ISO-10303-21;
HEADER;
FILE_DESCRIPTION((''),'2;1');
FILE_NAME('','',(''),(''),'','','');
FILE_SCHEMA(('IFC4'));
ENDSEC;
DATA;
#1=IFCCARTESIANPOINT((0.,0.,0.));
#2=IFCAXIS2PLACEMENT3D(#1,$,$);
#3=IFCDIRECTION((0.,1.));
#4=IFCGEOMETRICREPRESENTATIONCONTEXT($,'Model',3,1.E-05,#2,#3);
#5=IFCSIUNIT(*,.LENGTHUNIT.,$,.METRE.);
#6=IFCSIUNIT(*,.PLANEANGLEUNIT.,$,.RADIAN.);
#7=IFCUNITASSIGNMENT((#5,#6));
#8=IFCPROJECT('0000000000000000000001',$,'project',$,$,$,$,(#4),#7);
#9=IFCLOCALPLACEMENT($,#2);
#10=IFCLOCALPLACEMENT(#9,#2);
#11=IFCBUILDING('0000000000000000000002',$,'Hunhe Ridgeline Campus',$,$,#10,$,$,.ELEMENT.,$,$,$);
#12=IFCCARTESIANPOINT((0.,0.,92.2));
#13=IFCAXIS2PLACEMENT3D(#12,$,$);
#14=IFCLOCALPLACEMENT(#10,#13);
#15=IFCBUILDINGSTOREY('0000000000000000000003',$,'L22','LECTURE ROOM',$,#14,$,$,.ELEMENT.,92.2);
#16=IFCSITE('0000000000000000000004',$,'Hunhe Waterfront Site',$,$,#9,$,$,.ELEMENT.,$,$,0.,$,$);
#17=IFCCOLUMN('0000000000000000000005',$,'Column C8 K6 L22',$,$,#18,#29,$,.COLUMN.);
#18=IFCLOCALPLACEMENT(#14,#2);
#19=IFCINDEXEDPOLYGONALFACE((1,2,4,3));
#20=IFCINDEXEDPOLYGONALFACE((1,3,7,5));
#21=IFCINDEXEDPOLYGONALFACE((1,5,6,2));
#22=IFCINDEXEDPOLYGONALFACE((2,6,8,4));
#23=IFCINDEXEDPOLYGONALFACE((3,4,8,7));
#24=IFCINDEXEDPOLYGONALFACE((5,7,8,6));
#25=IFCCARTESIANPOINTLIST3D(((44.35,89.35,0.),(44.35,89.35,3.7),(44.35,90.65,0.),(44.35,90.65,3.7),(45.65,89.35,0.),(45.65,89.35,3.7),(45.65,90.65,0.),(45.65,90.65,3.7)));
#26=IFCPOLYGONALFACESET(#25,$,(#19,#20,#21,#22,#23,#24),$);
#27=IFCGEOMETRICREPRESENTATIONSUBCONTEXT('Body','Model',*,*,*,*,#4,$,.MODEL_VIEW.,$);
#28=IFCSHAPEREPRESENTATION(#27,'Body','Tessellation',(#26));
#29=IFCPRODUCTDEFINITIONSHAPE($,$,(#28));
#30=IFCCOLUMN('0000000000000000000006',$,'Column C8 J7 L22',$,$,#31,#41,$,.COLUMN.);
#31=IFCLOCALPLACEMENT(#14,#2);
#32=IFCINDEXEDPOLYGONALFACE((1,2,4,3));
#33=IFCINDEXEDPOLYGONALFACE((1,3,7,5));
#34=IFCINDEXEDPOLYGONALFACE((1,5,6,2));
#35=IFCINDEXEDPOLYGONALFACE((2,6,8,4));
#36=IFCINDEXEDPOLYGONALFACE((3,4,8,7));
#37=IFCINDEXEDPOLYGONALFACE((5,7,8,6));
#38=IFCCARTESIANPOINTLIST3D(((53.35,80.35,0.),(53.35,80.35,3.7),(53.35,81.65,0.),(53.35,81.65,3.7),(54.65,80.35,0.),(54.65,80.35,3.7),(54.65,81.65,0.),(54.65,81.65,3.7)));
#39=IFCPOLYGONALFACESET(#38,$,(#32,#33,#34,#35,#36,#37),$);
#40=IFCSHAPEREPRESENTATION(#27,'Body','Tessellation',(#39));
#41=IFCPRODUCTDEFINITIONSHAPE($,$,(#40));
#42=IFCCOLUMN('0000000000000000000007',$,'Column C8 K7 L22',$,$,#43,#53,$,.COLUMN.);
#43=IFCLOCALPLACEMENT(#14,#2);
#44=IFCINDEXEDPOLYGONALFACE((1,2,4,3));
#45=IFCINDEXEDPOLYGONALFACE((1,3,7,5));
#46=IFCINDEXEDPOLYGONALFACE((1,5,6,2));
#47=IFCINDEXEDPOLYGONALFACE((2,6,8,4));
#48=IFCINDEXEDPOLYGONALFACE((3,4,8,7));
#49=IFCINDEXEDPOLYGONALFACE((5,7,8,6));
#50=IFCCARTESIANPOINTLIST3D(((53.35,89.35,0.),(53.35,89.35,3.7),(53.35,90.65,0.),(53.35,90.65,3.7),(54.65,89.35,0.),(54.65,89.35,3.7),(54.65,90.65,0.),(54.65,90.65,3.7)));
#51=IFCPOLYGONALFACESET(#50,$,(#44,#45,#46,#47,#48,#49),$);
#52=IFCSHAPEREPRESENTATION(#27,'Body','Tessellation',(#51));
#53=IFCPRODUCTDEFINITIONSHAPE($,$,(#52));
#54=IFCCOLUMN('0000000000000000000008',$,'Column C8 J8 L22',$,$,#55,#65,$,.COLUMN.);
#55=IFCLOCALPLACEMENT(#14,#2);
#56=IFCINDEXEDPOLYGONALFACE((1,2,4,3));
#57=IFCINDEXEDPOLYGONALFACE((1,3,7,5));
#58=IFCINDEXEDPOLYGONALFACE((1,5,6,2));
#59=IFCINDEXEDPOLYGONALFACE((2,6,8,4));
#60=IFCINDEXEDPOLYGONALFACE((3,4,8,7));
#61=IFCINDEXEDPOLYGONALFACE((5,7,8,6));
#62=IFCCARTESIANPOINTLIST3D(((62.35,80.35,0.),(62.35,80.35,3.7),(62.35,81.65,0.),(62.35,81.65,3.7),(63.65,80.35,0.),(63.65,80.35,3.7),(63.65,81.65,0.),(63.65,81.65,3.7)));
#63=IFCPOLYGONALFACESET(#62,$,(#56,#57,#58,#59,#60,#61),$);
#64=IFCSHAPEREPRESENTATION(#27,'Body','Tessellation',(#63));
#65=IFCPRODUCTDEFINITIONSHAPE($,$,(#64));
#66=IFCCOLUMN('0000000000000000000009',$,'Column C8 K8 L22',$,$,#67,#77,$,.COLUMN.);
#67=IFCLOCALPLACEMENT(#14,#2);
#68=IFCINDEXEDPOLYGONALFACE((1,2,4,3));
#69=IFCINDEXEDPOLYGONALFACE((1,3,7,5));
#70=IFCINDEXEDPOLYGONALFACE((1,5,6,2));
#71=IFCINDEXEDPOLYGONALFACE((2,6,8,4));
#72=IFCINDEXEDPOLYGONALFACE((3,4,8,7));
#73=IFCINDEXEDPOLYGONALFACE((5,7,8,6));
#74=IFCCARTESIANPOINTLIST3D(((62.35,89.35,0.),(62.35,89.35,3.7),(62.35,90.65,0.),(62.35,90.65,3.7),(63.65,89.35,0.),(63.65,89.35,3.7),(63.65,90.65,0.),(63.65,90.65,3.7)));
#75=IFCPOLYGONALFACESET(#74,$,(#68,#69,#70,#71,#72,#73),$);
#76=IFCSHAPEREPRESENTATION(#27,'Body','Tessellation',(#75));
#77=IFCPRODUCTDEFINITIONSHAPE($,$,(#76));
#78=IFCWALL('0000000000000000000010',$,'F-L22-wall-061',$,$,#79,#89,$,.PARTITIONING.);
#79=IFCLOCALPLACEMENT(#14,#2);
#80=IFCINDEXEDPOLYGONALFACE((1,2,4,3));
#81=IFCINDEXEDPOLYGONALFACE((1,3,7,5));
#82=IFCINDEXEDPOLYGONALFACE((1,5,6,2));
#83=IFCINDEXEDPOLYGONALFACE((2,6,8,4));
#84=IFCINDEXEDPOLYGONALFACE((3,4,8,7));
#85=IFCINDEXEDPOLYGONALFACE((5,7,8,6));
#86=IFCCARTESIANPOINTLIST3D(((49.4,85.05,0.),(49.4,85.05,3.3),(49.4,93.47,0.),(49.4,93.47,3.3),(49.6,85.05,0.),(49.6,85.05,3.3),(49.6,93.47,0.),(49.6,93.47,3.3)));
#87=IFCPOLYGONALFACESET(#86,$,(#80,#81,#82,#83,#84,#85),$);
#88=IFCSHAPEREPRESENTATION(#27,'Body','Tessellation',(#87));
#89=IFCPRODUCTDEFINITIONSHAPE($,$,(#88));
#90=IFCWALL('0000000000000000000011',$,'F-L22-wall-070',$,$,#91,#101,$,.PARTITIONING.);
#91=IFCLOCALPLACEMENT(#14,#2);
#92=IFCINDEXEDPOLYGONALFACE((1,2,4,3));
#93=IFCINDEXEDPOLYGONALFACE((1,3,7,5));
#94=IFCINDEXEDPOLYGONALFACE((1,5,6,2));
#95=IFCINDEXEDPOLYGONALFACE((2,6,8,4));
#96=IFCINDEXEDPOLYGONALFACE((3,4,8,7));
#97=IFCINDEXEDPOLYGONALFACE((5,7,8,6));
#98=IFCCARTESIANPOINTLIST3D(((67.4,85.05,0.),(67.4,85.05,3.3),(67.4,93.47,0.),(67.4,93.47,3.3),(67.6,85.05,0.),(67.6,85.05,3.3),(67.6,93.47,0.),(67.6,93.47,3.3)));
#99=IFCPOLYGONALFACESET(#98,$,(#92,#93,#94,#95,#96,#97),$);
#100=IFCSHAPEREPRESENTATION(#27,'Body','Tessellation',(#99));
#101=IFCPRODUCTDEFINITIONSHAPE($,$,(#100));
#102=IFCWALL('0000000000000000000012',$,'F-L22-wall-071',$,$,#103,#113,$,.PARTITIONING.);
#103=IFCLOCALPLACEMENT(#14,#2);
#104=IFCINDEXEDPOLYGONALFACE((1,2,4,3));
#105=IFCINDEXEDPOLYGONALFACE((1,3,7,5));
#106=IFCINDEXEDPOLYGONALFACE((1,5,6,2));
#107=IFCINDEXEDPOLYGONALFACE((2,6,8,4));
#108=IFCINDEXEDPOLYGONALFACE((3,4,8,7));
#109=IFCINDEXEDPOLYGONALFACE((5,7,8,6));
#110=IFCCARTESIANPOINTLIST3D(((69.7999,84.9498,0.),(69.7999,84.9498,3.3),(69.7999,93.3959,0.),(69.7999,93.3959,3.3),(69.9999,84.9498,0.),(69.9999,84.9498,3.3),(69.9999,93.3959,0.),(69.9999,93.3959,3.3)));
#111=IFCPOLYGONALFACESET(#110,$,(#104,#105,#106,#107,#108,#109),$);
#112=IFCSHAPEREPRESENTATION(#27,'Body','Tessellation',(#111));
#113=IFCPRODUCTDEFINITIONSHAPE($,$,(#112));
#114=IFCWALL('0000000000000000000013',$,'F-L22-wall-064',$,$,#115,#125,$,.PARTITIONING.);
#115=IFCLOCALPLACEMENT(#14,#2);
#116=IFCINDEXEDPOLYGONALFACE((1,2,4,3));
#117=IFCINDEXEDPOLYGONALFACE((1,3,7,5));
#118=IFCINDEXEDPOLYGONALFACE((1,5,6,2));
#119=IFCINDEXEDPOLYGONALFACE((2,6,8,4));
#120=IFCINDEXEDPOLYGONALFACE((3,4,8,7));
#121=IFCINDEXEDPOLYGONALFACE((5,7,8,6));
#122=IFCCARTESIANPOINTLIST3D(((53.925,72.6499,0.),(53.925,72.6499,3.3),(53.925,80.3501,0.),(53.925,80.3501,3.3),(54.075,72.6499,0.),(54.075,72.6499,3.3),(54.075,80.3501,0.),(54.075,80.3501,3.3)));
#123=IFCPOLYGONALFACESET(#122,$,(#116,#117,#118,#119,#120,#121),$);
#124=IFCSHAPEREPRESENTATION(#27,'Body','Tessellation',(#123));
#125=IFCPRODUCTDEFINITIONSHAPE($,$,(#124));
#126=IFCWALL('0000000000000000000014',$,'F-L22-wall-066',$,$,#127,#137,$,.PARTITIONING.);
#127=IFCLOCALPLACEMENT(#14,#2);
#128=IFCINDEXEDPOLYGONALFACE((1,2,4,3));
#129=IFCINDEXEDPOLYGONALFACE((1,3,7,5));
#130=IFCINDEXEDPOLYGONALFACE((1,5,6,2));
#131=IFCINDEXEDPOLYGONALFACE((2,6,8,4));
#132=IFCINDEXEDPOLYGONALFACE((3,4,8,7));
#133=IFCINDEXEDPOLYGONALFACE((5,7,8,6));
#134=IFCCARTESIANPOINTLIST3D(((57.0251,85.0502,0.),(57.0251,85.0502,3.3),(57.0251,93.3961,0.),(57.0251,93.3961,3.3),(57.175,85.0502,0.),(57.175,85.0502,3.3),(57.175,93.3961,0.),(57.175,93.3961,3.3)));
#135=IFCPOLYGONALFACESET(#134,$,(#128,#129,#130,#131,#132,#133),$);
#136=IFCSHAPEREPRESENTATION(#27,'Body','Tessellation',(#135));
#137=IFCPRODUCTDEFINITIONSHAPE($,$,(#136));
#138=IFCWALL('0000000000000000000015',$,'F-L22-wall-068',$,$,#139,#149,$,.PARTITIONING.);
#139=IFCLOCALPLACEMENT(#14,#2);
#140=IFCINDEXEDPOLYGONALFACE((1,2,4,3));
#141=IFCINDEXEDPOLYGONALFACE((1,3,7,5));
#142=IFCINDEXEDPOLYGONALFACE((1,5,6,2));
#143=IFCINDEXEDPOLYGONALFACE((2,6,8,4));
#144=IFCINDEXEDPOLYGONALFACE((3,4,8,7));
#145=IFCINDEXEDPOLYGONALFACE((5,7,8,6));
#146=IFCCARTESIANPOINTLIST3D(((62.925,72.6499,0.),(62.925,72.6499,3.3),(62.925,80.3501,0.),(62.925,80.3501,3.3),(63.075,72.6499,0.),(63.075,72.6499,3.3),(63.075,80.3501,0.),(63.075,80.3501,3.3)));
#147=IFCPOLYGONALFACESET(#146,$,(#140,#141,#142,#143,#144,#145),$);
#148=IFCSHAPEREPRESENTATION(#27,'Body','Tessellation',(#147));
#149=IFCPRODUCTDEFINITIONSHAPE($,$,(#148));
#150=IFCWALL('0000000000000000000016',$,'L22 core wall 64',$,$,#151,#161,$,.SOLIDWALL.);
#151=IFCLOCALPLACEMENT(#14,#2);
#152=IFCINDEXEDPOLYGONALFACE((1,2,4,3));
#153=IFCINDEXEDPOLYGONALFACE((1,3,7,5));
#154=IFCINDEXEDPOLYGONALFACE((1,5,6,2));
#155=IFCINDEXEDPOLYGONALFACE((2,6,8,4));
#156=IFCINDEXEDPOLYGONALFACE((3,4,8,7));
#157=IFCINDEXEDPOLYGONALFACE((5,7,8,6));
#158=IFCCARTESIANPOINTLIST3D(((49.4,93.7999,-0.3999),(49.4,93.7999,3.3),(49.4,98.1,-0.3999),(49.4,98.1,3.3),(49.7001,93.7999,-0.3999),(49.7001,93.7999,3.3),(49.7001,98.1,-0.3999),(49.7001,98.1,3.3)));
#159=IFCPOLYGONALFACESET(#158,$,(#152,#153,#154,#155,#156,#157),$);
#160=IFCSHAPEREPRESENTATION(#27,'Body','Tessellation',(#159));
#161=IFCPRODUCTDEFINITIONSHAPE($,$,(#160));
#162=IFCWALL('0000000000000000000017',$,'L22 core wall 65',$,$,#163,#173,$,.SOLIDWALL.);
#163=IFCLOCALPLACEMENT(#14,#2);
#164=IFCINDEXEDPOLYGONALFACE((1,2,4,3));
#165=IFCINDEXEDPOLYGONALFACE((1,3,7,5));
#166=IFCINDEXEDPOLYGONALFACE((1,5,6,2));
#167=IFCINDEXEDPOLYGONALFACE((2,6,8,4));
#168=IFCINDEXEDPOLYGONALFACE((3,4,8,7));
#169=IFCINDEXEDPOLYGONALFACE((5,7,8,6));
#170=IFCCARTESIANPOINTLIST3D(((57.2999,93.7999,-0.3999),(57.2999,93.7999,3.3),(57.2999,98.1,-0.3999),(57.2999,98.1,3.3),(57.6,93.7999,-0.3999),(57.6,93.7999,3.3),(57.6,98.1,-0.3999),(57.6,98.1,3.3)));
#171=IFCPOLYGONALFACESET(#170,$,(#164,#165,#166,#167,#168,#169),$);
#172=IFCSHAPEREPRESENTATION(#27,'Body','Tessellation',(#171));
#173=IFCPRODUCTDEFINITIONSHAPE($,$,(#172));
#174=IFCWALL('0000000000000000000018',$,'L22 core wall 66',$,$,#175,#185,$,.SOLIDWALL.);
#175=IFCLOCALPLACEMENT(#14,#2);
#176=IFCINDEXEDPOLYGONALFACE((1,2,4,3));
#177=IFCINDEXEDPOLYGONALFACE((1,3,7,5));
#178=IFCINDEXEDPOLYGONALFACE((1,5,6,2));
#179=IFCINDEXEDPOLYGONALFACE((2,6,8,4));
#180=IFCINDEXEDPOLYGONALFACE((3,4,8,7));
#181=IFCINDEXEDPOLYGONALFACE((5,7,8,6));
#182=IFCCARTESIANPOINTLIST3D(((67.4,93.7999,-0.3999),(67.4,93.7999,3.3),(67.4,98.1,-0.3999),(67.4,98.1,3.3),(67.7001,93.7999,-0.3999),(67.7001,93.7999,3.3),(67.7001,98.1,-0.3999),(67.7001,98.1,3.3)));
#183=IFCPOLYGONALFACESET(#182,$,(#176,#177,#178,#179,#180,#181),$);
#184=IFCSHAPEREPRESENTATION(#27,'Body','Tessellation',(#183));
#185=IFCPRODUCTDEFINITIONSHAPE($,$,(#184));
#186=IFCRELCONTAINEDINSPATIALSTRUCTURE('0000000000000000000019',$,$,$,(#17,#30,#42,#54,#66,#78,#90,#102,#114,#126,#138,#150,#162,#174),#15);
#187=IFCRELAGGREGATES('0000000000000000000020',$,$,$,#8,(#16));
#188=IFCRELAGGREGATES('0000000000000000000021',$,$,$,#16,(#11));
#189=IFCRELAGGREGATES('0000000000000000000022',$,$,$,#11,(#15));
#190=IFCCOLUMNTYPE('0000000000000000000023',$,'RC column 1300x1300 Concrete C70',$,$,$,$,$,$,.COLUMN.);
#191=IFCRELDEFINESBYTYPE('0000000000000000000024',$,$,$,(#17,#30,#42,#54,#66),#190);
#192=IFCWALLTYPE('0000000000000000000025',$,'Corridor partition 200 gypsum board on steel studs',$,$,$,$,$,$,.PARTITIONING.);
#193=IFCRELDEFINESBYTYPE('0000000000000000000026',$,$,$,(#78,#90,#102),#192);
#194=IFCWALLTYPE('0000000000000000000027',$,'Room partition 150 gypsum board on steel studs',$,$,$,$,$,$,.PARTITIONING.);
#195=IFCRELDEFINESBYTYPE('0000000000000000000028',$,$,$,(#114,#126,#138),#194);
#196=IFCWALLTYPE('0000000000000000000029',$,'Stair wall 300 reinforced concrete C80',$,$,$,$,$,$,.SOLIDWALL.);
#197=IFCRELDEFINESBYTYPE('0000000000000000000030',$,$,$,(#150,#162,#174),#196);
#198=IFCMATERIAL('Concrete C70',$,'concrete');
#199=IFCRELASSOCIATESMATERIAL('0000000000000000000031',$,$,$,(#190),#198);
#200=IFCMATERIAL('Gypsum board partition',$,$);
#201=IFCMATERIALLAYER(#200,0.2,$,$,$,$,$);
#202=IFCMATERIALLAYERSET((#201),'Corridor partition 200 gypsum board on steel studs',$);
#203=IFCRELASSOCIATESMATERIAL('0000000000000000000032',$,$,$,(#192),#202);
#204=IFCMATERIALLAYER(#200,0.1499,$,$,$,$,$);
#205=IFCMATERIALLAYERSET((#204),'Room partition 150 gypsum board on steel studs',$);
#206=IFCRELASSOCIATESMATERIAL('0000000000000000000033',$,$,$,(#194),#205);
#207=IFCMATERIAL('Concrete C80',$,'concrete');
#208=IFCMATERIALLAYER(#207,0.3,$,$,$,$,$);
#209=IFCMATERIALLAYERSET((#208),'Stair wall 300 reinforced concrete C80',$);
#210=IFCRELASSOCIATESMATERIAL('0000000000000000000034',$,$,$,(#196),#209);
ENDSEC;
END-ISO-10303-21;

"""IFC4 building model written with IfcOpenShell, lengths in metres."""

from ifc_helpers import new_model, si_unit, direction, frame, frame_2d, origin, origin_2d, place, context, subcontext, project, spatial, rectangle, extrude, material, layer, layer_set, material_profile, profile_set, type_object, element, save


model = new_model("IFC4")

# Units and contexts
model_context = context("Model", 3, precision=1e-05, world=origin(), true_north=direction((0.0, 1.0)))
body_context = subcontext(model_context, "Body", "Model", "MODEL_VIEW")
ifc_project = project(units=[si_unit("LENGTHUNIT", "METRE"), si_unit("PLANEANGLEUNIT", "RADIAN")], contexts=[model_context])

# Site, building, storey
site_placement = place(None, origin())
site = spatial("IfcSite", under=ifc_project, at=site_placement, Name="Hunhe Waterfront Site", CompositionType="ELEMENT", RefElevation=0.0)
building_placement = place(site_placement, origin())
building = spatial("IfcBuilding", under=site, at=building_placement, Name="Hunhe Ridgeline Campus", CompositionType="ELEMENT")
storey_placement = place(building_placement, frame((0.0, 0.0, 92.2)))
storey = spatial("IfcBuildingStorey", under=building, at=storey_placement, Name="L22", Description="LECTURE ROOM", CompositionType="ELEMENT", Elevation=92.2)

# Columns
ifc_material_1 = material(Name="Concrete C70", Category="concrete")
ifc_material_profile = material_profile(ifc_material_1, rectangle(XDim=1.3, YDim=1.3, at=origin_2d()))
ifc_profile_set = profile_set([ifc_material_profile], Name="Concrete C70")
column_type = type_object("IfcColumnType", Name="RC column 1300x1300 Concrete C70", PredefinedType="COLUMN", material=ifc_profile_set)
for number, where, z_axis, x_axis, name in (
    (1, (45.0, 90.0, 0.0), (0.0, 0.0, 1.0), (1.0, 0.0, 0.0), "Column C8 K6 L22"),
    (2, (54.0, 81.0, 0.0), (0.0, 0.0, 1.0), (1.0, 0.0, 0.0), "Column C8 J7 L22"),
    (3, (54.0, 90.0, 0.0), (0.0, 0.0, 1.0), (1.0, 0.0, 0.0), "Column C8 K7 L22"),
    (4, (63.0, 81.0, 0.0), (0.0, 0.0, 1.0), (1.0, 0.0, 0.0), "Column C8 J8 L22"),
    (5, (63.0, 90.0, 0.0), (0.0, 0.0, 1.0), (1.0, 0.0, 0.0), "Column C8 K8 L22"),
):
    element("IfcColumn", number, at=place(storey_placement, frame(where, z_axis=z_axis, x_axis=x_axis)), inside=storey, type_object=column_type, Name=name, PredefinedType="COLUMN", context=body_context, shape_type="SweptSolid", body=[
        extrude(rectangle(XDim=1.3, YDim=1.3, at=origin_2d()), origin(), (0.0, 0.0, 1.0), 3.7),
    ])

# Shared definitions
ifc_material_2 = material(Name="Gypsum board partition")
ifc_layer_1 = layer(ifc_material_2, 0.2)
ifc_layer_set_1 = layer_set([ifc_layer_1], Name="Corridor partition 200 gypsum board on steel studs")
wall_type_1 = type_object("IfcWallType", Name="Corridor partition 200 gypsum board on steel studs", PredefinedType="PARTITIONING", material=ifc_layer_set_1)

# Wall
wall_1_placement = place(storey_placement, frame((49.5, 85.05, 0.0), z_axis=(0.0, 0.0, 1.0), x_axis=(0.0, 1.0, 0.0)))
element("IfcWall", 6, at=wall_1_placement, inside=storey, type_object=wall_type_1, Name="F-L22-wall-061", PredefinedType="PARTITIONING", context=body_context, shape_type="SweptSolid", body=[
    extrude(rectangle(XDim=8.4199, YDim=0.2, at=frame_2d((4.21, 0.0))), origin(), (0.0, 0.0, 1.0), 3.3),
])

# Walls
wall_2_placement = place(storey_placement, frame((67.5, 85.05, 0.0), z_axis=(0.0, 0.0, 1.0), x_axis=(0.0, 1.0, 0.0)))
element("IfcWall", 7, at=wall_2_placement, inside=storey, type_object=wall_type_1, Name="F-L22-wall-070", PredefinedType="PARTITIONING", context=body_context, shape_type="SweptSolid", body=[
    extrude(rectangle(XDim=8.4199, YDim=0.2, at=frame_2d((4.21, 0.0))), origin(), (0.0, 0.0, 1.0), 3.3),
])
wall_3_placement = place(storey_placement, frame((69.8999, 93.396, 0.0), z_axis=(0.0, 0.0, 1.0), x_axis=(0.0, -1.0, 0.0)))
element("IfcWall", 8, at=wall_3_placement, inside=storey, type_object=wall_type_1, Name="F-L22-wall-071", PredefinedType="PARTITIONING", context=body_context, shape_type="SweptSolid", body=[
    extrude(rectangle(XDim=8.446, YDim=0.2, at=frame_2d((4.2231, 0.0))), origin(), (0.0, 0.0, 1.0), 3.3),
])
ifc_layer_2 = layer(ifc_material_2, 0.1499)
ifc_layer_set_2 = layer_set([ifc_layer_2], Name="Room partition 150 gypsum board on steel studs")
wall_type_2 = type_object("IfcWallType", Name="Room partition 150 gypsum board on steel studs", PredefinedType="PARTITIONING", material=ifc_layer_set_2)
wall_4_placement = place(storey_placement, frame((54.0, 80.3501, 0.0), z_axis=(0.0, 0.0, 1.0), x_axis=(0.0, -1.0, 0.0)))
element("IfcWall", 9, at=wall_4_placement, inside=storey, type_object=wall_type_2, Name="F-L22-wall-064", PredefinedType="PARTITIONING", context=body_context, shape_type="SweptSolid", body=[
    extrude(rectangle(XDim=7.7002, YDim=0.1499, at=frame_2d((3.8501, 0.0))), origin(), (0.0, 0.0, 1.0), 3.3),
])
wall_5_placement = place(storey_placement, frame((57.1001, 93.396, 0.0), z_axis=(0.0, 0.0, 1.0), x_axis=(0.0, -1.0, 0.0)))
element("IfcWall", 10, at=wall_5_placement, inside=storey, type_object=wall_type_2, Name="F-L22-wall-066", PredefinedType="PARTITIONING", context=body_context, shape_type="SweptSolid", body=[
    extrude(rectangle(XDim=8.3459, YDim=0.1499, at=frame_2d((4.1729, 0.0))), origin(), (0.0, 0.0, 1.0), 3.3),
])
wall_6_placement = place(storey_placement, frame((63.0, 80.3501, 0.0), z_axis=(0.0, 0.0, 1.0), x_axis=(0.0, -1.0, 0.0)))
element("IfcWall", 11, at=wall_6_placement, inside=storey, type_object=wall_type_2, Name="F-L22-wall-068", PredefinedType="PARTITIONING", context=body_context, shape_type="SweptSolid", body=[
    extrude(rectangle(XDim=7.7002, YDim=0.1499, at=frame_2d((3.8501, 0.0))), origin(), (0.0, 0.0, 1.0), 3.3),
])

# Shared definitions
ifc_material_3 = material(Name="Concrete C80", Category="concrete")
ifc_layer_3 = layer(ifc_material_3, 0.3)
ifc_layer_set_3 = layer_set([ifc_layer_3], Name="Stair wall 300 reinforced concrete C80")
wall_type_3 = type_object("IfcWallType", Name="Stair wall 300 reinforced concrete C80", PredefinedType="SOLIDWALL", material=ifc_layer_set_3)

# Walls
for number, where, z_axis, x_axis, name in (
    (12, (49.55, 93.8, -0.3999), (0.0, 0.0, 1.0), (0.0, 1.0, 0.0), "L22 core wall 64"),
    (13, (57.45, 93.8, -0.3999), (0.0, 0.0, 1.0), (0.0, 1.0, 0.0), "L22 core wall 65"),
    (14, (67.55, 93.8, -0.3999), (0.0, 0.0, 1.0), (0.0, 1.0, 0.0), "L22 core wall 66"),
):
    element("IfcWall", number, at=place(storey_placement, frame(where, z_axis=z_axis, x_axis=x_axis)), inside=storey, type_object=wall_type_3, Name=name, PredefinedType="SOLIDWALL", context=body_context, shape_type="SweptSolid", body=[
        extrude(rectangle(XDim=4.3, YDim=0.3, at=frame_2d((2.1499, 0.0))), origin(), (0.0, 0.0, 1.0), 3.7),
    ])

save(model, "model.ifc")
